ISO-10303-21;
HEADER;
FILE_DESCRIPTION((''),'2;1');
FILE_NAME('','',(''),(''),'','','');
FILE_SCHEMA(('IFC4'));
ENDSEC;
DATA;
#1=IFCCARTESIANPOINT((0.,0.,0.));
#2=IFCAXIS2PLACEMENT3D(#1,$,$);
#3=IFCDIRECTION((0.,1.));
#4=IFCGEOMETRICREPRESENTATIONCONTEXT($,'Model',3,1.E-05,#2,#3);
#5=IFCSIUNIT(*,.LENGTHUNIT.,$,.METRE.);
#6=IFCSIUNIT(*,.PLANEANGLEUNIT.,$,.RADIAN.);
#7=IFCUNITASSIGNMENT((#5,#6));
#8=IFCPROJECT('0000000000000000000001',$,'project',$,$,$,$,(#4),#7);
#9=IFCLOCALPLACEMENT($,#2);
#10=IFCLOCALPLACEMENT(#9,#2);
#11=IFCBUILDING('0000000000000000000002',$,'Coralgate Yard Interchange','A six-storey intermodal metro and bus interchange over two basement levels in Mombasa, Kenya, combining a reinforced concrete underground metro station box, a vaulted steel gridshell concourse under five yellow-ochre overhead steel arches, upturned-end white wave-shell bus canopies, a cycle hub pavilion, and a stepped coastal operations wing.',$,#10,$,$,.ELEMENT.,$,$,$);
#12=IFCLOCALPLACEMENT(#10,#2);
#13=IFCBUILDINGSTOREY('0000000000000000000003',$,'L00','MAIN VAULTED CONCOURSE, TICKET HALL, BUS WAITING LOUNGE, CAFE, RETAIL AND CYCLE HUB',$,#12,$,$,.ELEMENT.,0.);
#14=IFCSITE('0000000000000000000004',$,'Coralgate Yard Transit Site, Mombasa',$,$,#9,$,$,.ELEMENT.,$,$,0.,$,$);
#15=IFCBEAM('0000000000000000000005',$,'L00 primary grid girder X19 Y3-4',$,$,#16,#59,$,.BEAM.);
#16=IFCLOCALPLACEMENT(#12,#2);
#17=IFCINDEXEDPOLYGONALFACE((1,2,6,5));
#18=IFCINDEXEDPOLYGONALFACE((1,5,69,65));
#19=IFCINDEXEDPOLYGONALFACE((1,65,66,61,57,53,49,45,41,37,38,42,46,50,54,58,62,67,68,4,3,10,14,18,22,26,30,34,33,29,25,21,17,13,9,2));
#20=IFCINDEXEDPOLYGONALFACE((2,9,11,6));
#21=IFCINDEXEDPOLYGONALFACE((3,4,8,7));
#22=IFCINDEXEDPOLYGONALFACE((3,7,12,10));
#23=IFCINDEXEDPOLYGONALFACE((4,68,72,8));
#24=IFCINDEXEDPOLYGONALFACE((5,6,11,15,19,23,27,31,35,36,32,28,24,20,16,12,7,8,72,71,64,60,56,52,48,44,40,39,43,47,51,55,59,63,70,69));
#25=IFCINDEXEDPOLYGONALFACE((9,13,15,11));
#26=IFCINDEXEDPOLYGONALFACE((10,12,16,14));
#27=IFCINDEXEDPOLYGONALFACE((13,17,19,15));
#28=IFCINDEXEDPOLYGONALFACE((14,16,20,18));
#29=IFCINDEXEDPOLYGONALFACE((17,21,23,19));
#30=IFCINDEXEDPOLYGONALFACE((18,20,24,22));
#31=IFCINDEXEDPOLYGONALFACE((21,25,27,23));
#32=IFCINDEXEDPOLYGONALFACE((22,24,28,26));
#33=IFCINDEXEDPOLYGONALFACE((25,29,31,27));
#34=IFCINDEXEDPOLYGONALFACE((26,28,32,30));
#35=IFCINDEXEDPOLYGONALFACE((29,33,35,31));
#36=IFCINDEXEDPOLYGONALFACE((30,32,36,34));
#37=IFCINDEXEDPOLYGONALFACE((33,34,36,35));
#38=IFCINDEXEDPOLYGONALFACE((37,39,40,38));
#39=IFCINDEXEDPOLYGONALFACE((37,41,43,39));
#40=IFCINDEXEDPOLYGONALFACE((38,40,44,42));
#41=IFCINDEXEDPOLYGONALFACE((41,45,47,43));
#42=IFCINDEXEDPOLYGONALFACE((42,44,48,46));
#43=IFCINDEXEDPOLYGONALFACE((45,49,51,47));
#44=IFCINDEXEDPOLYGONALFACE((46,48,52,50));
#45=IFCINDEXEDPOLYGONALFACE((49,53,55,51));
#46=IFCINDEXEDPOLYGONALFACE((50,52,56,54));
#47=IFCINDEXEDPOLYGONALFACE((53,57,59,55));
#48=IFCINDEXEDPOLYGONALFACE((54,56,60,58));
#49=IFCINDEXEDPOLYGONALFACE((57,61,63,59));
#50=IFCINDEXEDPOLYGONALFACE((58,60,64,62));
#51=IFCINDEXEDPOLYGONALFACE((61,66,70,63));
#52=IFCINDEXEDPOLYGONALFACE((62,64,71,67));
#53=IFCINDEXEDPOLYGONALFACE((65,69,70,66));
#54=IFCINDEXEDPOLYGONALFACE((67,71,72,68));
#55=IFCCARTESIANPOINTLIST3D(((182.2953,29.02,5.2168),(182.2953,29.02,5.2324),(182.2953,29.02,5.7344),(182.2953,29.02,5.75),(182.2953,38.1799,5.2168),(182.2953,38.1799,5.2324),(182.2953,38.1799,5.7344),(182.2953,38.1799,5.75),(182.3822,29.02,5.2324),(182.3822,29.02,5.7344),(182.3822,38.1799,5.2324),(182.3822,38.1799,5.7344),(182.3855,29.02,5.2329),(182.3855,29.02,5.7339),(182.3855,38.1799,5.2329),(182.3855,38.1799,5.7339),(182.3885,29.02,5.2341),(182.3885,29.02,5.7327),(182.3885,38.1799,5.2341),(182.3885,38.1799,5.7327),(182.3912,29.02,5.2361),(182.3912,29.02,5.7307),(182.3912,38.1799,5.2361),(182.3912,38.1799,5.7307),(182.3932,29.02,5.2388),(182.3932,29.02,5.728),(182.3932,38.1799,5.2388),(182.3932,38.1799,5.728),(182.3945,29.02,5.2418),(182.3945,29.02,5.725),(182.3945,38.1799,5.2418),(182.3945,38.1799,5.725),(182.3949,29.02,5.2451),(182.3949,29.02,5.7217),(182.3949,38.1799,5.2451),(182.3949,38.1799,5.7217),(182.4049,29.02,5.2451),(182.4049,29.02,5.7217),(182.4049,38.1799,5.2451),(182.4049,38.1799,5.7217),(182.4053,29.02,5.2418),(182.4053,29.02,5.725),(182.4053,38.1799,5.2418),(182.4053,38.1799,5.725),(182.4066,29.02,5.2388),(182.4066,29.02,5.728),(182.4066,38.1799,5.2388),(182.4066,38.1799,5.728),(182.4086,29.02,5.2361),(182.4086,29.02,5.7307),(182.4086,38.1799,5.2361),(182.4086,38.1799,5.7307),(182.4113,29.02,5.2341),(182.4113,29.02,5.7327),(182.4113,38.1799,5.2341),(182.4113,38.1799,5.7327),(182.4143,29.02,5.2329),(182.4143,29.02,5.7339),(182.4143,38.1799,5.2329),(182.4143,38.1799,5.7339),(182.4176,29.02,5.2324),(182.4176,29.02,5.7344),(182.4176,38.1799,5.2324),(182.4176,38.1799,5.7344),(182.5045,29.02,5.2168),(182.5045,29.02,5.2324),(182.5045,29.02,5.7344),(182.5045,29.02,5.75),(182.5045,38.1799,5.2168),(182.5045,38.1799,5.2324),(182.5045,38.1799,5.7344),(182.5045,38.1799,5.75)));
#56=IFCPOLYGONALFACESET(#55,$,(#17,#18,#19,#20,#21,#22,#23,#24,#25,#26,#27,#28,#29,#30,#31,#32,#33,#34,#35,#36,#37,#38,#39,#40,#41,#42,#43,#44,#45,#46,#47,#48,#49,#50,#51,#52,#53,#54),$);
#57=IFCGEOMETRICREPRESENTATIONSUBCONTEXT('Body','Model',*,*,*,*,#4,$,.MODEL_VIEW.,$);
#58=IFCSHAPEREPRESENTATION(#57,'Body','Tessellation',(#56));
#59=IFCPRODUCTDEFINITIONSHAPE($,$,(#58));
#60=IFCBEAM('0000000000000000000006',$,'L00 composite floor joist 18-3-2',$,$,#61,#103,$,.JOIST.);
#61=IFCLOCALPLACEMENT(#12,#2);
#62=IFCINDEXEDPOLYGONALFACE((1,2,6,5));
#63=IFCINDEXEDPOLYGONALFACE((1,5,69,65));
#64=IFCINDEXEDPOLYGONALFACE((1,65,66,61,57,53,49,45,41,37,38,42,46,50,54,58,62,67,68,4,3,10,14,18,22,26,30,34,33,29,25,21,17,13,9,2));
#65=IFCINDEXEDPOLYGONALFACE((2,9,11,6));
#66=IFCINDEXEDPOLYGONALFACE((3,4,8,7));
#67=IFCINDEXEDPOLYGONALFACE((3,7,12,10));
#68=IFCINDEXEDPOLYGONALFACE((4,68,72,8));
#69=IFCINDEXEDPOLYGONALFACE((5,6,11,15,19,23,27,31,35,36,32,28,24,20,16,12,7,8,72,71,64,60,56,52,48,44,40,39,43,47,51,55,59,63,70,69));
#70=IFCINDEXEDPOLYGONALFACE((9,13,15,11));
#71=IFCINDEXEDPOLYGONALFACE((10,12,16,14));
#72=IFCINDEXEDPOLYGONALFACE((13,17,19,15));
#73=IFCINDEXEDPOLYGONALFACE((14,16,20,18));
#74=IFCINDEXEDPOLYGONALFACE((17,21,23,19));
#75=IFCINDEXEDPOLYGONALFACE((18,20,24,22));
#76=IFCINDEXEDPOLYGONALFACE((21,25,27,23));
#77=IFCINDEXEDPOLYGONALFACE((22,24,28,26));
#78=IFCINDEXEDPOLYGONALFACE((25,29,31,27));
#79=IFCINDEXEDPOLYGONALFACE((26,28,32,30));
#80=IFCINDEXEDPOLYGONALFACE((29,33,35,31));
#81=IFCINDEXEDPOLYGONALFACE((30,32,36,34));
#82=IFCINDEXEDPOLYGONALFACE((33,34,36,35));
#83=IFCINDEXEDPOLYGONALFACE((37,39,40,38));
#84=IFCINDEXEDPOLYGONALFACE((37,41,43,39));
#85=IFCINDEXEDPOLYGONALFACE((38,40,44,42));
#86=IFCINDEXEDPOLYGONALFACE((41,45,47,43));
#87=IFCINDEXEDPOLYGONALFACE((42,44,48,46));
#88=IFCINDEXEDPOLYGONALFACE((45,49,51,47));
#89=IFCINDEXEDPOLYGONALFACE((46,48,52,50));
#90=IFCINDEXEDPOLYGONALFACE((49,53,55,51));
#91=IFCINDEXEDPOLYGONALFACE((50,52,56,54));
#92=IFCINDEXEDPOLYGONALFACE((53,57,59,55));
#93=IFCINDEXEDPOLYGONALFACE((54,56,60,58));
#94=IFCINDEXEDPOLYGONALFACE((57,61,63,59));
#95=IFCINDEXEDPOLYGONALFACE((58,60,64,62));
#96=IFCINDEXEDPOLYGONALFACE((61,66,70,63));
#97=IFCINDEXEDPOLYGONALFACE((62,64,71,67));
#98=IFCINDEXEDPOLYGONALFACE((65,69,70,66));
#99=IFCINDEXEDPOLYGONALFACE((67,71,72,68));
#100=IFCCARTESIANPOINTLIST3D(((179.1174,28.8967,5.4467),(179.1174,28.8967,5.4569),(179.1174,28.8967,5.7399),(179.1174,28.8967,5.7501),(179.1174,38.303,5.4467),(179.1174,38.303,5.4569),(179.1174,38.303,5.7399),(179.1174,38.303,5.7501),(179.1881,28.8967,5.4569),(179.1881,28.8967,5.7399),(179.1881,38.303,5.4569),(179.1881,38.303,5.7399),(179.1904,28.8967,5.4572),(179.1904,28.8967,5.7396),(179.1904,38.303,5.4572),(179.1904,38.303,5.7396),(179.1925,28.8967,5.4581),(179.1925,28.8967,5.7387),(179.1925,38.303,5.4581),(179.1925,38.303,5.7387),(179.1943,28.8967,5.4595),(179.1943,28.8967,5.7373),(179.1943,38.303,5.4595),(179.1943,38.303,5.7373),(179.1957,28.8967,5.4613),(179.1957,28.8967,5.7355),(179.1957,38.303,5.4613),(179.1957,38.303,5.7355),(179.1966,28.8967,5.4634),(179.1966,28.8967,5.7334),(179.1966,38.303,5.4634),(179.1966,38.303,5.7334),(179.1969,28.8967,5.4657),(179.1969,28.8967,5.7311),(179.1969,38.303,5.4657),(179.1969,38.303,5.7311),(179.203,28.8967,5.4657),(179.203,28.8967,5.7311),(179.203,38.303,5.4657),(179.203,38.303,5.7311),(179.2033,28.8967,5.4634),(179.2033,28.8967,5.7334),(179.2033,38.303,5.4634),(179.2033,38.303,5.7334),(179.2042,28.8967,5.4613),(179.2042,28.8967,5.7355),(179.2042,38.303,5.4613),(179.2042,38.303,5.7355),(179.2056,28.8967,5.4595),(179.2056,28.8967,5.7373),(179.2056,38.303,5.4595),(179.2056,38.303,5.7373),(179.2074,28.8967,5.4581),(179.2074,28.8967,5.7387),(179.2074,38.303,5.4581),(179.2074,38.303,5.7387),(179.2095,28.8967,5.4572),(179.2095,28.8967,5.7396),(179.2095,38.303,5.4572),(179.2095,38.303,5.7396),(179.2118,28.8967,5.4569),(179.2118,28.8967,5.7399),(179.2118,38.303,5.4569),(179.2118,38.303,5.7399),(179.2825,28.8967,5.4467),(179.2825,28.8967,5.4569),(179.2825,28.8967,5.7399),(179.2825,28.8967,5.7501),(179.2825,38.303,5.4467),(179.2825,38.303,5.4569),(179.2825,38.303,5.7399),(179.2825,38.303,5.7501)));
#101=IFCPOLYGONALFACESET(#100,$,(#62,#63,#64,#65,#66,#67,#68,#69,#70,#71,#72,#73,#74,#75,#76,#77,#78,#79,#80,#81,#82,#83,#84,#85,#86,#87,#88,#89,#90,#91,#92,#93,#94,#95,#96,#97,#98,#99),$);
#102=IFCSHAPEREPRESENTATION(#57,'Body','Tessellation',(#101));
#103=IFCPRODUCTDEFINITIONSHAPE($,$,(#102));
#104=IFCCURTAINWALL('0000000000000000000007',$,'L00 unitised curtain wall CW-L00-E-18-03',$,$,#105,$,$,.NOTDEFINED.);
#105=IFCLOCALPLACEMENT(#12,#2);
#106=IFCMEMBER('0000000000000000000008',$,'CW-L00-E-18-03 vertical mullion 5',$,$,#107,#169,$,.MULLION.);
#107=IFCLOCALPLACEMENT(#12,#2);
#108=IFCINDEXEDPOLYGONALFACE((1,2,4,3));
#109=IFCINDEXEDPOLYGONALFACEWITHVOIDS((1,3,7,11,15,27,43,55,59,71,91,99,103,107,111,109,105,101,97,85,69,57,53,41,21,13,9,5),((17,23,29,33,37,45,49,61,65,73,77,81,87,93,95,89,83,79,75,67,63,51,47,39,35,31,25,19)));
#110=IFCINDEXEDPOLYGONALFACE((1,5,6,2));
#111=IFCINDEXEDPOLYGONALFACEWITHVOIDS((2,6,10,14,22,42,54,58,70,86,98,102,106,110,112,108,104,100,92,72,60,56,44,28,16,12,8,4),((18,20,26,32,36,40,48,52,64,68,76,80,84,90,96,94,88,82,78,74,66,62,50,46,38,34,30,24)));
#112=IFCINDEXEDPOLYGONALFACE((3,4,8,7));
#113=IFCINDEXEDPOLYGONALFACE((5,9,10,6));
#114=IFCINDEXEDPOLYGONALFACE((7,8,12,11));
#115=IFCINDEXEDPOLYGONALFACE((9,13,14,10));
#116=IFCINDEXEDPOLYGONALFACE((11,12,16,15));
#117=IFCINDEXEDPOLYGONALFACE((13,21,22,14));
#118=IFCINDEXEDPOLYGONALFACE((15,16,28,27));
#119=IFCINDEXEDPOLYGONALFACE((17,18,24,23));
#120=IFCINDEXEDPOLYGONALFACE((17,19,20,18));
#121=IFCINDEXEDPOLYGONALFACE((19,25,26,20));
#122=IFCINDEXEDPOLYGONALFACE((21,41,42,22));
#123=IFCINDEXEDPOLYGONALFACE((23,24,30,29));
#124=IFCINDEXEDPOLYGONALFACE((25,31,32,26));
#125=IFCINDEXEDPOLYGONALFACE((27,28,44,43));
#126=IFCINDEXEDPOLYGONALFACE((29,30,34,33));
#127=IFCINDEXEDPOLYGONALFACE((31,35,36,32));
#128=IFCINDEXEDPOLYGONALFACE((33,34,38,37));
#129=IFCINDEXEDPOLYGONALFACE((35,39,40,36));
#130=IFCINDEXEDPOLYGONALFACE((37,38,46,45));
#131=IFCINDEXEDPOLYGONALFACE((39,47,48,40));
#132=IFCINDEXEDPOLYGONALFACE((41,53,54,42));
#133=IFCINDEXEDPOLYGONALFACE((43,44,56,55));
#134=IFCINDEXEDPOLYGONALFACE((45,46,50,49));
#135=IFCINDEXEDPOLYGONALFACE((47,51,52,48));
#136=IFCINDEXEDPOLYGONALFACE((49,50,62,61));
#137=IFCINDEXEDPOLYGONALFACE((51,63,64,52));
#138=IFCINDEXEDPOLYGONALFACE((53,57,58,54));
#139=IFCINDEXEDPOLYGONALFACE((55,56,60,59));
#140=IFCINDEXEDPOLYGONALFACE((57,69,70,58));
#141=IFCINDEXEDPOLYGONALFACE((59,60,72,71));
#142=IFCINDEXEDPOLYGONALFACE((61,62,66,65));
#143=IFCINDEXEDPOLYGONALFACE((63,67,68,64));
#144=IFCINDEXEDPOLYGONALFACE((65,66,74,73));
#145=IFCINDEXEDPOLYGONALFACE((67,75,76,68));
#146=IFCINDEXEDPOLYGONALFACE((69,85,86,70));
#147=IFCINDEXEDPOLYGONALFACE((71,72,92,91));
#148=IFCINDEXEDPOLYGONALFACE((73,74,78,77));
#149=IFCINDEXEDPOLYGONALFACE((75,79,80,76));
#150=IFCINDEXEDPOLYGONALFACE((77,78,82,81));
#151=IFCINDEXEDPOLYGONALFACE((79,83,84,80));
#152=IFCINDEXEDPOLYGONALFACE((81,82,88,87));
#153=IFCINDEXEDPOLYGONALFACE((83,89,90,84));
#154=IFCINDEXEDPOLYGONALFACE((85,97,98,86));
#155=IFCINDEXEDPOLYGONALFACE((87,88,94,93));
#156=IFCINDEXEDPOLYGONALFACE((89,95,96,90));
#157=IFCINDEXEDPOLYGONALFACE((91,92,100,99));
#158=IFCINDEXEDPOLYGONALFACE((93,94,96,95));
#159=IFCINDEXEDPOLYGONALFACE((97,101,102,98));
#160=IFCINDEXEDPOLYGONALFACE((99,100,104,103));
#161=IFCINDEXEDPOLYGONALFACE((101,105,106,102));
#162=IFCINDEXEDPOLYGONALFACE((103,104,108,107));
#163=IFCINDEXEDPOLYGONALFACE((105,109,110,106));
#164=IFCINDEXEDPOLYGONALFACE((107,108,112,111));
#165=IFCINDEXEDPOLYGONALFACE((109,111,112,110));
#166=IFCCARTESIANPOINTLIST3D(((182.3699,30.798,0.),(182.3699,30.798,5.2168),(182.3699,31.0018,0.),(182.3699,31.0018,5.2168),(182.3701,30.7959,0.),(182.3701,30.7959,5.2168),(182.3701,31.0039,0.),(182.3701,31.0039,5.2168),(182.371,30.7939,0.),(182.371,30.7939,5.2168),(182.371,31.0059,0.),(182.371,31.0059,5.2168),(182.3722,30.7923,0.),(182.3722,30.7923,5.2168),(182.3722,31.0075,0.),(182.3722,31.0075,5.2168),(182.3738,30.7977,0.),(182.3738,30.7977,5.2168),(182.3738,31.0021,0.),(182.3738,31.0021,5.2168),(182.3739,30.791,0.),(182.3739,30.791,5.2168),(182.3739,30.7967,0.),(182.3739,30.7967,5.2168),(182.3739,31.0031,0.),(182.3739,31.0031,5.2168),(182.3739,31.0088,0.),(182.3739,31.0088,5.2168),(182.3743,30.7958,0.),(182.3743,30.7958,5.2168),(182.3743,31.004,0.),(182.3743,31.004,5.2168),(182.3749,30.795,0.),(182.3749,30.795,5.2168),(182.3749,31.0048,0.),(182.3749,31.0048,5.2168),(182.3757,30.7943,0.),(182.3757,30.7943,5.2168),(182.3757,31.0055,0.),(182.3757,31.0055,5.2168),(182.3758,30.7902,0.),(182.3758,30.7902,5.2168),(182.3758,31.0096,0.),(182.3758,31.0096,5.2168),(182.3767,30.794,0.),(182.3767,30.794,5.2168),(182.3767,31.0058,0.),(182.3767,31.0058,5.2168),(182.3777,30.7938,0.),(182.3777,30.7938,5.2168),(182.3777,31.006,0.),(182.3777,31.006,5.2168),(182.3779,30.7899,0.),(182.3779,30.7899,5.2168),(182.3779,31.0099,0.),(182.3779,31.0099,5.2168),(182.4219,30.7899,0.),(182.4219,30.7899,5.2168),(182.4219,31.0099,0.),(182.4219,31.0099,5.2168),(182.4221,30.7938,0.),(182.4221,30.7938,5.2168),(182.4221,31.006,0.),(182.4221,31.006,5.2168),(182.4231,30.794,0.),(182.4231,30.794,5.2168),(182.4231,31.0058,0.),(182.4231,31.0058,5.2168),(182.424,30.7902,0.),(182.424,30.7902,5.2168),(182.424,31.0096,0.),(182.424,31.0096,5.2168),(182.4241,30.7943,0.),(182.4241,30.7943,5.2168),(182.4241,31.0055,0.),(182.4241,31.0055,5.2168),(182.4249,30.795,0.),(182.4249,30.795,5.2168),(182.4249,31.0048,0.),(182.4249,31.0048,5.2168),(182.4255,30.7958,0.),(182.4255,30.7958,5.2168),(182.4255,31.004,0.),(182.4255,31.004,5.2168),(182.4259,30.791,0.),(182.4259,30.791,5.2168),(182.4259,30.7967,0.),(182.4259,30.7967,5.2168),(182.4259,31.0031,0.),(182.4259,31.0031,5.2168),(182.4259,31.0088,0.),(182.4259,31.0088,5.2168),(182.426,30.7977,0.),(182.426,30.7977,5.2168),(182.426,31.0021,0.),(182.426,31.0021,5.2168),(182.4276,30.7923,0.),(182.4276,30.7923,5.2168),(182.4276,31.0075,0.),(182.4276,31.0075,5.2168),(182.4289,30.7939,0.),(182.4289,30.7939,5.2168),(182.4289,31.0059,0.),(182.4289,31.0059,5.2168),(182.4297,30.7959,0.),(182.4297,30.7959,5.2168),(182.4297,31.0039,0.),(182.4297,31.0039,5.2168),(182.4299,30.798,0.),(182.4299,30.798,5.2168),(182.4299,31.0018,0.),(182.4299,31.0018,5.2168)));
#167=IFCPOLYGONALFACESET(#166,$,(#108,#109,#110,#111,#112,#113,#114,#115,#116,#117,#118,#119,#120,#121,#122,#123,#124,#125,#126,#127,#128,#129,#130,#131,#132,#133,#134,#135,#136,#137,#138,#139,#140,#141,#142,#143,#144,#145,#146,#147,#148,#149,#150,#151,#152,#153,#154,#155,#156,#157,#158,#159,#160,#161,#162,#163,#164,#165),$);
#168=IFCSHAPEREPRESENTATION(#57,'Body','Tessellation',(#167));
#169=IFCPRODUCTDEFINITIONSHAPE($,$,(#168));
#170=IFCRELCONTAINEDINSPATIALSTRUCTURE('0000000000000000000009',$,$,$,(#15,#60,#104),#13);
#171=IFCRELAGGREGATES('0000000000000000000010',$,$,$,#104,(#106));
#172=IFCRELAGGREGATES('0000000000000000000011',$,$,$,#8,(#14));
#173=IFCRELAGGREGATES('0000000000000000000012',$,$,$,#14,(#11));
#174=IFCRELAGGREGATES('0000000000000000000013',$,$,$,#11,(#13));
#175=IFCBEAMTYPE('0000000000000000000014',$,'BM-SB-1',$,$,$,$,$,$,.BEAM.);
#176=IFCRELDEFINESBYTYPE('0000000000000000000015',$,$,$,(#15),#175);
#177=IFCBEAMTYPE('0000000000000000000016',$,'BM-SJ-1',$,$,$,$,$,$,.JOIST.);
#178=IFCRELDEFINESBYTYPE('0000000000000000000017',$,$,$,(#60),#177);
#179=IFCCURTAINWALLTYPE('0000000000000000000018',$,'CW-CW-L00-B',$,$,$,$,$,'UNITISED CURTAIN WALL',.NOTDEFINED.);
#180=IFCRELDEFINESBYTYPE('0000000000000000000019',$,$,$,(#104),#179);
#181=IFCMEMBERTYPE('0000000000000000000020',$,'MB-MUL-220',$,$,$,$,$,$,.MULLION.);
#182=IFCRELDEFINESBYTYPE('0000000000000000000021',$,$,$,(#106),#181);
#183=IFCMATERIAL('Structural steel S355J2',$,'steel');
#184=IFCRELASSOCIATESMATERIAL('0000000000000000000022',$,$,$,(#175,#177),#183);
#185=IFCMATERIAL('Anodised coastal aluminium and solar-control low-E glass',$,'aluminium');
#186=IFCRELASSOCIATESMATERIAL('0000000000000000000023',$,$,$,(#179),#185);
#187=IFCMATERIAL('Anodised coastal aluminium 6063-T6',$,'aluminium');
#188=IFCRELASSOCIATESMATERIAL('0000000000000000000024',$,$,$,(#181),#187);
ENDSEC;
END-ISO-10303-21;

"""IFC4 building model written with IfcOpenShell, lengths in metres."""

from ifc_helpers import new_model, si_unit, direction, frame, origin, origin_2d, place, context, subcontext, project, spatial, hollow_rectangle, i_section, extrude, material, material_profile, profile_set, type_object, element, aggregate, save


model = new_model("IFC4")

# Units and contexts
model_context = context("Model", 3, precision=1e-05, world=origin(), true_north=direction((0.0, 1.0)))
body_context = subcontext(model_context, "Body", "Model", "MODEL_VIEW")
ifc_project = project(units=[si_unit("LENGTHUNIT", "METRE"), si_unit("PLANEANGLEUNIT", "RADIAN")], contexts=[model_context])

# Site, building, storey
site_placement = place(None, origin())
site = spatial("IfcSite", under=ifc_project, at=site_placement, Name="Coralgate Yard Transit Site, Mombasa", CompositionType="ELEMENT", RefElevation=0.0)
building_placement = place(site_placement, origin())
building = spatial("IfcBuilding", under=site, at=building_placement, Name="Coralgate Yard Interchange", Description="A six-storey intermodal metro and bus interchange over two basement levels in Mombasa, Kenya, combining a reinforced concrete underground metro station box, a vaulted steel gridshell concourse under five yellow-ochre overhead steel arches, upturned-end white wave-shell bus canopies, a cycle hub pavilion, and a stepped coastal operations wing.", CompositionType="ELEMENT")
storey_placement = place(building_placement, origin())
storey = spatial("IfcBuildingStorey", under=building, at=storey_placement, Name="L00", Description="MAIN VAULTED CONCOURSE, TICKET HALL, BUS WAITING LOUNGE, CAFE, RETAIL AND CYCLE HUB", CompositionType="ELEMENT", Elevation=0.0)

# Shared definitions
ifc_material_1 = material(Name="Structural steel S355J2", Category="steel")

# Beams
ifc_material_profile_1 = material_profile(ifc_material_1, i_section(OverallWidth=0.2092, OverallDepth=0.5332, WebThickness=0.01, FlangeThickness=0.0156, FilletRadius=0.0127, at=origin_2d()), Name="UB 533x210x92")
ifc_profile_set_1 = profile_set([ifc_material_profile_1], Name="Structural steel S355J2")
beam_type_1 = type_object("IfcBeamType", Name="BM-SB-1", PredefinedType="BEAM", material=ifc_profile_set_1)
beam_1_placement = place(storey_placement, frame((182.3999, 29.02, 5.4834), z_axis=(0.0, 1.0, 0.0), x_axis=(-1.0, 0.0, 0.0)))
element("IfcBeam", 1, at=beam_1_placement, inside=storey, type_object=beam_type_1, Name="L00 primary grid girder X19 Y3-4", PredefinedType="BEAM", context=body_context, shape_type="SweptSolid", body=[
    extrude(i_section(OverallWidth=0.2092, OverallDepth=0.5332, WebThickness=0.01, FlangeThickness=0.0156, FilletRadius=0.0127, at=origin_2d()), origin(), (0.0, 0.0, 1.0), 9.1599),
])
ifc_material_profile_2 = material_profile(ifc_material_1, i_section(OverallWidth=0.165, OverallDepth=0.3035, WebThickness=0.0061, FlangeThickness=0.0103, FilletRadius=0.0088, at=origin_2d()), Name="UB 305x165x40")
ifc_profile_set_2 = profile_set([ifc_material_profile_2], Name="Structural steel S355J2")
beam_type_2 = type_object("IfcBeamType", Name="BM-SJ-1", PredefinedType="JOIST", material=ifc_profile_set_2)
beam_2_placement = place(storey_placement, frame((179.2, 28.8967, 5.5984), z_axis=(0.0, 1.0, 0.0), x_axis=(-1.0, 0.0, 0.0)))
element("IfcBeam", 2, at=beam_2_placement, inside=storey, type_object=beam_type_2, Name="L00 composite floor joist 18-3-2", PredefinedType="JOIST", context=body_context, shape_type="SweptSolid", body=[
    extrude(i_section(OverallWidth=0.165, OverallDepth=0.3035, WebThickness=0.0061, FlangeThickness=0.0103, FilletRadius=0.0088, at=origin_2d()), origin(), (0.0, 0.0, 1.0), 9.4062),
])

# Curtain wall, member
ifc_material_2 = material(Name="Anodised coastal aluminium and solar-control low-E glass", Category="aluminium")
curtain_wall_type = type_object("IfcCurtainWallType", Name="CW-CW-L00-B", ElementType="UNITISED CURTAIN WALL", PredefinedType="NOTDEFINED", material=ifc_material_2)
curtain_wall_placement = place(storey_placement, origin())
curtain_wall = element("IfcCurtainWall", 3, at=curtain_wall_placement, inside=storey, type_object=curtain_wall_type, Name="L00 unitised curtain wall CW-L00-E-18-03", PredefinedType="NOTDEFINED")
ifc_material_3 = material(Name="Anodised coastal aluminium 6063-T6", Category="aluminium")
ifc_material_profile_3 = material_profile(ifc_material_3, hollow_rectangle(XDim=0.0601, YDim=0.22, WallThickness=0.0039, InnerFilletRadius=0.0039, OuterFilletRadius=0.0081, at=origin_2d()), Name="ALU 60x220x4")
ifc_profile_set_3 = profile_set([ifc_material_profile_3], Name="Anodised coastal aluminium 6063-T6")
member_type_1 = type_object("IfcMemberType", Name="MB-MUL-220", PredefinedType="MULLION", material=ifc_profile_set_3)
member_1_placement = place(storey_placement, frame((182.3999, 30.8999, 0.0), z_axis=(0.0, 0.0, 1.0), x_axis=(1.0, 0.0, 0.0)))
member_1 = element("IfcMember", 4, at=member_1_placement, type_object=member_type_1, Name="CW-L00-E-18-03 vertical mullion 5", PredefinedType="MULLION", context=body_context, shape_type="SweptSolid", body=[
    extrude(hollow_rectangle(XDim=0.0601, YDim=0.22, WallThickness=0.0039, InnerFilletRadius=0.0039, OuterFilletRadius=0.0081, at=origin_2d()), origin(), (0.0, 0.0, 1.0), 5.2168),
])
aggregate(curtain_wall, [member_1])

save(model, "model.ifc")
